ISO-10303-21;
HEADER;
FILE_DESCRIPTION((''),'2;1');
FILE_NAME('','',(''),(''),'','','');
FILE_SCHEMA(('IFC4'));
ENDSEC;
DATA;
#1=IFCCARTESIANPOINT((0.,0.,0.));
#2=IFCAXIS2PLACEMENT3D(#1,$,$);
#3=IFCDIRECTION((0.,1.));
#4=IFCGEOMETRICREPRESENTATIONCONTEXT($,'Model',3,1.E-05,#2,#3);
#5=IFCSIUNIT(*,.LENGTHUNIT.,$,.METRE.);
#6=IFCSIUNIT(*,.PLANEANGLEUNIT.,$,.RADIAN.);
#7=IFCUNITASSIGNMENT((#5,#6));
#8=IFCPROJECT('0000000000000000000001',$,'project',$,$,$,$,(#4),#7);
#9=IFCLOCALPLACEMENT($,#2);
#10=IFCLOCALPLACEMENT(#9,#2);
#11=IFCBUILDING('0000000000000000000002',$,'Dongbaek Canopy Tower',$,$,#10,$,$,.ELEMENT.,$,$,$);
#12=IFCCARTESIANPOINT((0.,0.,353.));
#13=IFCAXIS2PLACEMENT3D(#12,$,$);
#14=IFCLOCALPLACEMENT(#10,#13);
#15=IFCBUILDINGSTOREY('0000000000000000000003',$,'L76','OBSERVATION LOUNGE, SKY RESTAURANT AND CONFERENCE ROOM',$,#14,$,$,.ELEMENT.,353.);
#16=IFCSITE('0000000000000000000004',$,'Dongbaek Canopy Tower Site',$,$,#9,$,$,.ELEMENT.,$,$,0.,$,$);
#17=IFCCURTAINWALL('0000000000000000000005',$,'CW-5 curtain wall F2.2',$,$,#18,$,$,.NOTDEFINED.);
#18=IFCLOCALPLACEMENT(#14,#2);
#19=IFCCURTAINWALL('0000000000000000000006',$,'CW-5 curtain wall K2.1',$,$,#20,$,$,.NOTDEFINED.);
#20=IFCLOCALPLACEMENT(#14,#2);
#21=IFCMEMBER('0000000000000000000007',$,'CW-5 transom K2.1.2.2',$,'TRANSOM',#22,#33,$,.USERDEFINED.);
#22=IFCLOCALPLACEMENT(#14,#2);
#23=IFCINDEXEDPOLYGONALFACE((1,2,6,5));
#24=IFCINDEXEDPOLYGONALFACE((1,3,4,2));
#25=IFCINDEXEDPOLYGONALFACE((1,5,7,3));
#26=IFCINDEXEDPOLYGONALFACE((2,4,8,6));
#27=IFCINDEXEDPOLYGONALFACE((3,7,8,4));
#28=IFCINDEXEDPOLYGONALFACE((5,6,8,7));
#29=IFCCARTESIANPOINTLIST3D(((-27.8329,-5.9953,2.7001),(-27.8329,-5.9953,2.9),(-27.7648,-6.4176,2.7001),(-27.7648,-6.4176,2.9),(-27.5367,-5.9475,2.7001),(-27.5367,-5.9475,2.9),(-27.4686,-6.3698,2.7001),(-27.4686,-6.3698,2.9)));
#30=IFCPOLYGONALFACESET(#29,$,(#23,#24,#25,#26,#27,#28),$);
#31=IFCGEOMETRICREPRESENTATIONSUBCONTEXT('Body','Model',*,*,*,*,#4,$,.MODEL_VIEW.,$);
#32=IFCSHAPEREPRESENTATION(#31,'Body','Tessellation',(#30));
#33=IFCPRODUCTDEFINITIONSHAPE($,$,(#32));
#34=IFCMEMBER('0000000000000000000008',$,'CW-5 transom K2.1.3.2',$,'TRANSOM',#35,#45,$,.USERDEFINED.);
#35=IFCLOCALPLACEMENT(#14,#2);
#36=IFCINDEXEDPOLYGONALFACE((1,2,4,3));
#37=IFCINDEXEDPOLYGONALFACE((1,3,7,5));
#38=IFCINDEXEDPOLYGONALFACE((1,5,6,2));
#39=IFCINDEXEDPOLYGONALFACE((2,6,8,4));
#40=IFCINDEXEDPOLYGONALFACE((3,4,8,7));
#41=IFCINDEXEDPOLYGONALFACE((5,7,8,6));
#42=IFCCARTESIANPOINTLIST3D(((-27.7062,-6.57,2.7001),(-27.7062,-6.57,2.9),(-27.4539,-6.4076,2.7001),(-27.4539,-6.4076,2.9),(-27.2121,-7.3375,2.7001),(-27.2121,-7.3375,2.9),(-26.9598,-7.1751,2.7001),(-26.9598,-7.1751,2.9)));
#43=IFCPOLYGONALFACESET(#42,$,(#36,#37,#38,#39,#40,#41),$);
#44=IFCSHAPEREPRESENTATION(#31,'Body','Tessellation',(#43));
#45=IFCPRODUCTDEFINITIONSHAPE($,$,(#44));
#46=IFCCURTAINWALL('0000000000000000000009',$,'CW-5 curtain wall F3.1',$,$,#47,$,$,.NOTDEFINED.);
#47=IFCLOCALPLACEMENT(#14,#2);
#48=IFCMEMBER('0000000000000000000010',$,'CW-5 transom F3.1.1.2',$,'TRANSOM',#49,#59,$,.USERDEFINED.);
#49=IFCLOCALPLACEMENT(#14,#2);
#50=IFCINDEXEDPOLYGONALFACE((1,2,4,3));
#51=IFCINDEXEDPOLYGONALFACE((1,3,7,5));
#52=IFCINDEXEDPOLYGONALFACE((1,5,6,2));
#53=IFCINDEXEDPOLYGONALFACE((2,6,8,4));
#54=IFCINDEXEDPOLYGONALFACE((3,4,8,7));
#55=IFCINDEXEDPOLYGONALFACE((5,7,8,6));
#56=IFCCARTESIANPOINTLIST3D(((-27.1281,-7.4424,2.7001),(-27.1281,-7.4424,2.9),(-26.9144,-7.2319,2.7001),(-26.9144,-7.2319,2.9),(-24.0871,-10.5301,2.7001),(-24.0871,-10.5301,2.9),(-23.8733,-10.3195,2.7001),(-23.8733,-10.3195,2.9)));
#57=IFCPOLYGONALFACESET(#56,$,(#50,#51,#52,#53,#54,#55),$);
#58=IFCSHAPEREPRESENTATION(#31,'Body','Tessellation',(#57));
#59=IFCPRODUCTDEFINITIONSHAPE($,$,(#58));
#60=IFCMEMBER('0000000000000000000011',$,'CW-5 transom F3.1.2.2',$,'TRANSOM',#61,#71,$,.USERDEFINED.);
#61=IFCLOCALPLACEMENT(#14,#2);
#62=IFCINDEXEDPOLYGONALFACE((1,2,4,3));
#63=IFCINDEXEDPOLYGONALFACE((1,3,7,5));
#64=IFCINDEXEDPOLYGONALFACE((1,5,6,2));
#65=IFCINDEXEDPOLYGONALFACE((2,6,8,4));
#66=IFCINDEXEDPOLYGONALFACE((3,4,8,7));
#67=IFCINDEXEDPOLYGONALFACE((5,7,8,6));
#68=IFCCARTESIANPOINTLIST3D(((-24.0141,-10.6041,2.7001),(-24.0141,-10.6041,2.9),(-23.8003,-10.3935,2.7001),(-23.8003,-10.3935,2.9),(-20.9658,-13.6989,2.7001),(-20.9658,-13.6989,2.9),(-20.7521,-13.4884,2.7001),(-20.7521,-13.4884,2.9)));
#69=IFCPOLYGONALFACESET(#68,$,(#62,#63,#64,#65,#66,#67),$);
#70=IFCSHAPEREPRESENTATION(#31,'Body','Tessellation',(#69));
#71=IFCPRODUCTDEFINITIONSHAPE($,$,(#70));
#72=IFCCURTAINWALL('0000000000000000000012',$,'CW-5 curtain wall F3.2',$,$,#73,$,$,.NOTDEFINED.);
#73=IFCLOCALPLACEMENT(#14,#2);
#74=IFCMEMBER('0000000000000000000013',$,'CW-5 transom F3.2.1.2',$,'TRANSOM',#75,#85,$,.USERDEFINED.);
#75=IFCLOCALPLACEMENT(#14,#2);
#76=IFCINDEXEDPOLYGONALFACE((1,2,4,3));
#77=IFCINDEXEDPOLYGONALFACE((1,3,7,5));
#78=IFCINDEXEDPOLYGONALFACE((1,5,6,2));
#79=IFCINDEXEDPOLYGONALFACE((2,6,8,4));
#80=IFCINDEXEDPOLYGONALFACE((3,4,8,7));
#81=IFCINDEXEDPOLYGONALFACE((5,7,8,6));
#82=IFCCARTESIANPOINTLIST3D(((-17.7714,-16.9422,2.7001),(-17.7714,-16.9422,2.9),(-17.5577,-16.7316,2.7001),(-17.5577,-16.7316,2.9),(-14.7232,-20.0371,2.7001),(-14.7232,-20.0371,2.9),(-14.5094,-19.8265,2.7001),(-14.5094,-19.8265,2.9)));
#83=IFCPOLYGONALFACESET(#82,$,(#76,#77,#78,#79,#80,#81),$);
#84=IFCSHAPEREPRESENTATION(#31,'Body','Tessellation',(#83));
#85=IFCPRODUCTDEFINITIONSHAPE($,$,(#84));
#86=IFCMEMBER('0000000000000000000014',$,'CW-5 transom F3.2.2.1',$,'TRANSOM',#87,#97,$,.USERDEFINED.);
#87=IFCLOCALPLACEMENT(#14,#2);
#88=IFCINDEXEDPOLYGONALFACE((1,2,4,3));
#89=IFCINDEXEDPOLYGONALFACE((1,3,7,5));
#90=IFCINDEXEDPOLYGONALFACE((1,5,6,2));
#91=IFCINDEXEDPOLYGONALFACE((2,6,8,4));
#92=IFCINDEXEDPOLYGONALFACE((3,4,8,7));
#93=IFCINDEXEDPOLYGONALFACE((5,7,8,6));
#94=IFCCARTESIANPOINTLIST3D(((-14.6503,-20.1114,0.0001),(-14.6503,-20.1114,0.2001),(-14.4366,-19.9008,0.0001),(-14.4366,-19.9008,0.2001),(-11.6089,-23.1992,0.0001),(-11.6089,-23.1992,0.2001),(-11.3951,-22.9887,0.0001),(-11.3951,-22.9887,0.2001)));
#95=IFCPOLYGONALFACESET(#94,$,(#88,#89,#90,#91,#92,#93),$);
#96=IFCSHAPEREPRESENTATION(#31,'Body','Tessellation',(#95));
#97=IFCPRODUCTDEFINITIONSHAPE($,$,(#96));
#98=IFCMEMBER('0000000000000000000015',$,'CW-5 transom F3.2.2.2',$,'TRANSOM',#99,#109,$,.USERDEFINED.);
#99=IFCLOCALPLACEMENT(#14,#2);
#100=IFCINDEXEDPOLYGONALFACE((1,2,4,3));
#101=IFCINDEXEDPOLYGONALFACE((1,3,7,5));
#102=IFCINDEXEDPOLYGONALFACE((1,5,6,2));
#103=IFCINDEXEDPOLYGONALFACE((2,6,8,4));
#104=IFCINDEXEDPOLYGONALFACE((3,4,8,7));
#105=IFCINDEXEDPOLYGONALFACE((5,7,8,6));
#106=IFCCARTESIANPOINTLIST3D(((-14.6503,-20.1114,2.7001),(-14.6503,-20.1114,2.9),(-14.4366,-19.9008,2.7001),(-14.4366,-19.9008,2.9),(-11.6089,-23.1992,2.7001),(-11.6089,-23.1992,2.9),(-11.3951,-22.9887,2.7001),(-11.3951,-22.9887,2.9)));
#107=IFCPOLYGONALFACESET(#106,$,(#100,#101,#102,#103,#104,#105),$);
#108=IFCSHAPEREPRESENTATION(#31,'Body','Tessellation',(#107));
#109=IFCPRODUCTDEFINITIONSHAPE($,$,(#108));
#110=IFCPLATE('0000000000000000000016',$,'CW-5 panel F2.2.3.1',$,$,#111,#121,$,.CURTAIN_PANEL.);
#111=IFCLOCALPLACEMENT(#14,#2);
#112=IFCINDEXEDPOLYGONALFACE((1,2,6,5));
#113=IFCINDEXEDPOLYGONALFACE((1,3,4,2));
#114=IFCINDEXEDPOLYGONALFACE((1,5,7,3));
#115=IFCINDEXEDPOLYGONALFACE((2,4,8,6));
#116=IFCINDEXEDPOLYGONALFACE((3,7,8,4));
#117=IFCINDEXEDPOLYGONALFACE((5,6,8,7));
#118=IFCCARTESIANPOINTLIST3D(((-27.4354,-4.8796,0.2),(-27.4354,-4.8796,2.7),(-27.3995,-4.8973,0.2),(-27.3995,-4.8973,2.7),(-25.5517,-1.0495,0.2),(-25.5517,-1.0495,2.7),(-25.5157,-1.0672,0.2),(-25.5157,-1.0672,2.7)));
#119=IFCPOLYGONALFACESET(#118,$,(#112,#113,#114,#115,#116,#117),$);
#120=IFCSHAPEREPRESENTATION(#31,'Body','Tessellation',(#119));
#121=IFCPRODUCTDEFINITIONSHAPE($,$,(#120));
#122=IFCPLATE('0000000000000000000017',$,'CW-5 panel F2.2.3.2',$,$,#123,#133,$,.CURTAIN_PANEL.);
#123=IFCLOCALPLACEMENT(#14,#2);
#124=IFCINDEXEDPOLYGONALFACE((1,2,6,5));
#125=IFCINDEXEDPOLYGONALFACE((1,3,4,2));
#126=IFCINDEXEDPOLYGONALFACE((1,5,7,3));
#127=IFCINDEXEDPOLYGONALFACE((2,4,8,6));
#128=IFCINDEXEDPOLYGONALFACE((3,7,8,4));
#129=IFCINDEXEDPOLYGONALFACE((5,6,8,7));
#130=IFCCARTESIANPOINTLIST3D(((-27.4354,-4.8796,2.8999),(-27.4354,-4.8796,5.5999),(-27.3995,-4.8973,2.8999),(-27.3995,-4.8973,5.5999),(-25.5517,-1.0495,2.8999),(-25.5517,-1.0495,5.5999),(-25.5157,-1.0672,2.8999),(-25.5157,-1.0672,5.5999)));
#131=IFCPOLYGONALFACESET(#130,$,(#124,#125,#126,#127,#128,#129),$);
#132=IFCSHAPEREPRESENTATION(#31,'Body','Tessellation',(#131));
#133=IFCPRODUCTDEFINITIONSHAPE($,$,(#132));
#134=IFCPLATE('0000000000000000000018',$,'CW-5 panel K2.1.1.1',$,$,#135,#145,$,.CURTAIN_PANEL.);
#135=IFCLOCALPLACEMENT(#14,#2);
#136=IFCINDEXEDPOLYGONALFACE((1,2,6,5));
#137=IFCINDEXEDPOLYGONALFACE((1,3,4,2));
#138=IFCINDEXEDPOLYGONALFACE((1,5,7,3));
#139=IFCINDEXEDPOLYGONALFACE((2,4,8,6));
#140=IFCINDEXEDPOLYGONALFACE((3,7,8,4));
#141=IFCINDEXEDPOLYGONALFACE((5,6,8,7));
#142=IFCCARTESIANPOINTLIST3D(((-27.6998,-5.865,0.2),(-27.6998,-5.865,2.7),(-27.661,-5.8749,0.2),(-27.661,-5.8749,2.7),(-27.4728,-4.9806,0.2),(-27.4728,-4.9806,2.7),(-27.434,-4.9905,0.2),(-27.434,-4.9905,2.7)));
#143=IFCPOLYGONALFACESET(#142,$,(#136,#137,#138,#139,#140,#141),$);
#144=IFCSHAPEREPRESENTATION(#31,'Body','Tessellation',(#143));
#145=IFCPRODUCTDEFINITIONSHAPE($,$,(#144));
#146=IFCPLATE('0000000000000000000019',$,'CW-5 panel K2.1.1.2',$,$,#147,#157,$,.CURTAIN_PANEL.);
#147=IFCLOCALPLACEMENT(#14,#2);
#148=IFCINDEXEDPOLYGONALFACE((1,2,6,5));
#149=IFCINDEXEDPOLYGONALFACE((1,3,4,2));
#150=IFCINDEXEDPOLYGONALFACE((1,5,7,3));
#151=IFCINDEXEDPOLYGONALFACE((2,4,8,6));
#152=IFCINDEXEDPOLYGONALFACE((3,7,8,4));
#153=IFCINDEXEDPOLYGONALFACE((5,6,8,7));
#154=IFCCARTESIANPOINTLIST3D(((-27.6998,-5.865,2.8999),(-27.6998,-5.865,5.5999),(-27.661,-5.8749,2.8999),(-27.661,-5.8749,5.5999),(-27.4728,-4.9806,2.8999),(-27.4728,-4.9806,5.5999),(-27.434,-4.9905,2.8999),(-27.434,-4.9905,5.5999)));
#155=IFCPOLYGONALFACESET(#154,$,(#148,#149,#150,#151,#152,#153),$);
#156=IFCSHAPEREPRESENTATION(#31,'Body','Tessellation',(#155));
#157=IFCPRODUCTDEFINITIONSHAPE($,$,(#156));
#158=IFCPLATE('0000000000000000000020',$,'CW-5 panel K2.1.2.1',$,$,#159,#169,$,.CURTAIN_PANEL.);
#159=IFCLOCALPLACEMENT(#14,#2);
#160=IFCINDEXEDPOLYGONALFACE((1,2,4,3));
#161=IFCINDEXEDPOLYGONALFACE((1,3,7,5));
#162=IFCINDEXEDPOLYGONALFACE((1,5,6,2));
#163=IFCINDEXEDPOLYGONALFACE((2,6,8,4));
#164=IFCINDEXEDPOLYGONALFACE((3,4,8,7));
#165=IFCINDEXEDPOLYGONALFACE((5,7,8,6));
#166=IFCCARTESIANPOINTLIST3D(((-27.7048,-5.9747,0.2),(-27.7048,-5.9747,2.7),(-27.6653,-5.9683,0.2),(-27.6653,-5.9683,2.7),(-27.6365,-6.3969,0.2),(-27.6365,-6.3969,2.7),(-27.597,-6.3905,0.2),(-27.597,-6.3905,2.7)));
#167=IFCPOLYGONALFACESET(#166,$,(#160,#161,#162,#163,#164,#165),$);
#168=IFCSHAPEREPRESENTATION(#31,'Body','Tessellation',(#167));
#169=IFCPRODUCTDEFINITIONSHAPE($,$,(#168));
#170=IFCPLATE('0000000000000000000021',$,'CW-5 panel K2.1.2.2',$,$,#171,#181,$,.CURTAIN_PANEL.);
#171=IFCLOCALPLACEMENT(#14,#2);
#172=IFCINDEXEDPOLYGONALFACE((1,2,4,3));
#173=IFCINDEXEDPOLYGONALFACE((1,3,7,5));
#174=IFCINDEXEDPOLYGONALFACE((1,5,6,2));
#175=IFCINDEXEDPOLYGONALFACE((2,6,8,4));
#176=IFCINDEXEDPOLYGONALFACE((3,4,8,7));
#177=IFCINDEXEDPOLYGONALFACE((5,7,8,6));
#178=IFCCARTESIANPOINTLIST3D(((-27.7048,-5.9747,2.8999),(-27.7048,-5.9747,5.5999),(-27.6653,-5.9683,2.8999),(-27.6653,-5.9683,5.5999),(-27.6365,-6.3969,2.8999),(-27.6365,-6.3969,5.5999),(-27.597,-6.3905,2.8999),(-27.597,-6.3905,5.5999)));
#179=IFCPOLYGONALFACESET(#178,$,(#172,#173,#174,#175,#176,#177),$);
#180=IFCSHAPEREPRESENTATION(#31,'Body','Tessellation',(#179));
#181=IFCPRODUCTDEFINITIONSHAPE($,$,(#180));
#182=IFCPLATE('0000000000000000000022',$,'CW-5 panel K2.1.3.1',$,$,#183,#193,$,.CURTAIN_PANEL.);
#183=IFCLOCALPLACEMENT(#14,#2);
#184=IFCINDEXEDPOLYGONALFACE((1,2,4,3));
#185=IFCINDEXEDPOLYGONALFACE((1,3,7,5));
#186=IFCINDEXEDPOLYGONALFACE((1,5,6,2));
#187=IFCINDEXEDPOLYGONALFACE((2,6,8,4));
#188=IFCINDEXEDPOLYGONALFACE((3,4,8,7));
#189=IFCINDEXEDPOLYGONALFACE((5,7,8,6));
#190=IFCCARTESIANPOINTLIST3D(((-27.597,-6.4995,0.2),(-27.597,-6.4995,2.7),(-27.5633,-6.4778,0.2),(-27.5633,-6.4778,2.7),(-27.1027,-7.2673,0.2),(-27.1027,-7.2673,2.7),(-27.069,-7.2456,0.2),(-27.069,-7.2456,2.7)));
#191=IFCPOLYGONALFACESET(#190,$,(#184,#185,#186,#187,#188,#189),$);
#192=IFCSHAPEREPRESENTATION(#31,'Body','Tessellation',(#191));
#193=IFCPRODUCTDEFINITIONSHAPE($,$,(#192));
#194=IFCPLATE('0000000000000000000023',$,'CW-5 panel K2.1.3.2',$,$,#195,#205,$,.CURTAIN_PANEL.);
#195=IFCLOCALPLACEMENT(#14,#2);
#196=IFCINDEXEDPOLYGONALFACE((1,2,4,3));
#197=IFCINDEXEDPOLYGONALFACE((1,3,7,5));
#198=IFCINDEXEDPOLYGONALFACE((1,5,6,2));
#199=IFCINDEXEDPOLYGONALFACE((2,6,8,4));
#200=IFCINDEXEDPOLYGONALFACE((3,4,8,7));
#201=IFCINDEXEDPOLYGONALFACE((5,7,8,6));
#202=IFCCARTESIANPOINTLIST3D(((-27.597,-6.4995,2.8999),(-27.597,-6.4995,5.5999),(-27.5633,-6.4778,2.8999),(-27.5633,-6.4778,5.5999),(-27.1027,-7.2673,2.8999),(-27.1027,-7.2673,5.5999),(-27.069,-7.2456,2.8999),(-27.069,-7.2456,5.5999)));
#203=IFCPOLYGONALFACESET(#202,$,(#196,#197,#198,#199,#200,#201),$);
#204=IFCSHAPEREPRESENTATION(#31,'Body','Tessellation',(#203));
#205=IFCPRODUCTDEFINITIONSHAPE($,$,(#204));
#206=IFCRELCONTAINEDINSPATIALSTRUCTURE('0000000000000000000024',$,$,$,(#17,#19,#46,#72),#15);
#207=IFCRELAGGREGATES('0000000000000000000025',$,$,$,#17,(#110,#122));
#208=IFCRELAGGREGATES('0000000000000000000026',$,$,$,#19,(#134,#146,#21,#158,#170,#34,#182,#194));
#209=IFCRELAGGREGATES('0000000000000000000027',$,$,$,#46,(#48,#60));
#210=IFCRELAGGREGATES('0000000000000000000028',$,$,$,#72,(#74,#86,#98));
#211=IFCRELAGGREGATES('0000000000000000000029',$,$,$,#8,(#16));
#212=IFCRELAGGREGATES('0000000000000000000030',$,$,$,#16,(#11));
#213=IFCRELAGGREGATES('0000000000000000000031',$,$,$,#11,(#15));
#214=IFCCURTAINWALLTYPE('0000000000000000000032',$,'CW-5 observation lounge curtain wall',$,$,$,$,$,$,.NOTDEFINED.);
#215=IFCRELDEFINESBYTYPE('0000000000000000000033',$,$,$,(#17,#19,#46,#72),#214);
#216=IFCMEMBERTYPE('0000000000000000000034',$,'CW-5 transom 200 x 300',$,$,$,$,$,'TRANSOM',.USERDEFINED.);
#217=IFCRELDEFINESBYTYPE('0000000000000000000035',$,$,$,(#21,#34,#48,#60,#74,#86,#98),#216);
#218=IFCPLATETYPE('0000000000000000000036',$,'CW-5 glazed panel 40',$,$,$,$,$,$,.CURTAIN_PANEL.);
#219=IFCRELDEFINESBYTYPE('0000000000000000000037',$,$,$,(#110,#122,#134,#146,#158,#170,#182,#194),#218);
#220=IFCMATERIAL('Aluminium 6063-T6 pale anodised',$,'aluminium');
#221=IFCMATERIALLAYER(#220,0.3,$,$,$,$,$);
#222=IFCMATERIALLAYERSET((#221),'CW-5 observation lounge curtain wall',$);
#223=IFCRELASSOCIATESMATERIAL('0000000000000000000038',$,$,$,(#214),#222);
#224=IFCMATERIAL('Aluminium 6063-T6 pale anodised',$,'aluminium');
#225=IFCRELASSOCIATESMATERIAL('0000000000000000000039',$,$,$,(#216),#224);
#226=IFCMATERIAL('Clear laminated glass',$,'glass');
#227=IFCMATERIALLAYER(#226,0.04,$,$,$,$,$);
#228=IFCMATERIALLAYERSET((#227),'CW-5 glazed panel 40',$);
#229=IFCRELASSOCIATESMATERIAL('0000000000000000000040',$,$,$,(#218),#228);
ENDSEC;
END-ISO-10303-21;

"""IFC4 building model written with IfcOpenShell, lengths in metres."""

from ifc_helpers import new_model, si_unit, direction, frame, origin, origin_2d, place, context, subcontext, project, spatial, rectangle, extrude, material, layer, layer_set, material_profile, profile_set, type_object, element, aggregate, save


model = new_model("IFC4")

# Units and contexts
model_context = context("Model", 3, precision=1e-05, world=origin(), true_north=direction((0.0, 1.0)))
body_context = subcontext(model_context, "Body", "Model", "MODEL_VIEW")
ifc_project = project(units=[si_unit("LENGTHUNIT", "METRE"), si_unit("PLANEANGLEUNIT", "RADIAN")], contexts=[model_context])

# Site, building, storey
site_placement = place(None, origin())
site = spatial("IfcSite", under=ifc_project, at=site_placement, Name="Dongbaek Canopy Tower Site", CompositionType="ELEMENT", RefElevation=0.0)
building_placement = place(site_placement, origin())
building = spatial("IfcBuilding", under=site, at=building_placement, Name="Dongbaek Canopy Tower", CompositionType="ELEMENT")
storey_placement = place(building_placement, frame((0.0, 0.0, 353.0)))
storey = spatial("IfcBuildingStorey", under=building, at=storey_placement, Name="L76", Description="OBSERVATION LOUNGE, SKY RESTAURANT AND CONFERENCE ROOM", CompositionType="ELEMENT", Elevation=353.0)

# Curtain wall
ifc_material_1 = material(Name="Aluminium 6063-T6 pale anodised", Category="aluminium")
ifc_layer_1 = layer(ifc_material_1, 0.3)
ifc_layer_set_1 = layer_set([ifc_layer_1], Name="CW-5 observation lounge curtain wall")
curtain_wall_type = type_object("IfcCurtainWallType", Name="CW-5 observation lounge curtain wall", PredefinedType="NOTDEFINED", material=ifc_layer_set_1)
curtain_wall_1_placement = place(storey_placement, origin())
curtain_wall_1 = element("IfcCurtainWall", 1, at=curtain_wall_1_placement, inside=storey, type_object=curtain_wall_type, Name="CW-5 curtain wall F2.2", PredefinedType="NOTDEFINED")
ifc_material_2 = material(Name="Aluminium 6063-T6 pale anodised", Category="aluminium")
ifc_material_profile_1 = material_profile(ifc_material_2, rectangle(XDim=0.3, YDim=0.2, at=origin_2d()), Name="CW-5 transom 200 x 300")
ifc_profile_set_1 = profile_set([ifc_material_profile_1], Name="Aluminium 6063-T6 pale anodised")
member_type_1 = type_object("IfcMemberType", Name="CW-5 transom 200 x 300", ElementType="TRANSOM", PredefinedType="USERDEFINED", material=ifc_profile_set_1)

# Curtain walls, members
curtain_wall_2_placement = place(storey_placement, origin())
curtain_wall_2 = element("IfcCurtainWall", 2, at=curtain_wall_2_placement, inside=storey, type_object=curtain_wall_type, Name="CW-5 curtain wall K2.1", PredefinedType="NOTDEFINED")
member_1_placement = place(storey_placement, frame((-27.6848, -5.9714, 2.8), z_axis=(0.159214, -0.987244, 0.0), x_axis=(0.987244, 0.159214, 0.0)))
member_1 = element("IfcMember", 3, at=member_1_placement, type_object=member_type_1, Name="CW-5 transom K2.1.2.2", ObjectType="TRANSOM", PredefinedType="USERDEFINED", context=body_context, shape_type="SweptSolid", body=[
    extrude(rectangle(XDim=0.3, YDim=0.2, at=origin_2d()), origin(), (0.0, 0.0, 1.0), 0.4277),
])
member_2_placement = place(storey_placement, frame((-27.5801, -6.4888, 2.8), z_axis=(0.541298, -0.840831, 0.0), x_axis=(0.840831, 0.541298, 0.0)))
member_2 = element("IfcMember", 4, at=member_2_placement, type_object=member_type_1, Name="CW-5 transom K2.1.3.2", ObjectType="TRANSOM", PredefinedType="USERDEFINED", context=body_context, shape_type="SweptSolid", body=[
    extrude(rectangle(XDim=0.3, YDim=0.2, at=origin_2d()), origin(), (0.0, 0.0, 1.0), 0.9128),
])
curtain_wall_3_placement = place(storey_placement, origin())
curtain_wall_3 = element("IfcCurtainWall", 5, at=curtain_wall_3_placement, inside=storey, type_object=curtain_wall_type, Name="CW-5 curtain wall F3.1", PredefinedType="NOTDEFINED")
member_3_placement = place(storey_placement, frame((-27.0212, -7.3372, 2.8), z_axis=(0.701706, -0.712466, 0.0), x_axis=(0.712466, 0.701706, 0.0)))
member_3 = element("IfcMember", 6, at=member_3_placement, type_object=member_type_1, Name="CW-5 transom F3.1.1.2", ObjectType="TRANSOM", PredefinedType="USERDEFINED", context=body_context, shape_type="SweptSolid", body=[
    extrude(rectangle(XDim=0.3, YDim=0.2, at=origin_2d()), origin(), (0.0, 0.0, 1.0), 4.3337),
])
member_4_placement = place(storey_placement, frame((-23.9072, -10.4988, 2.8), z_axis=(0.701719, -0.712454, 0.0), x_axis=(0.712454, 0.701719, 0.0)))
member_4 = element("IfcMember", 7, at=member_4_placement, type_object=member_type_1, Name="CW-5 transom F3.1.2.2", ObjectType="TRANSOM", PredefinedType="USERDEFINED", context=body_context, shape_type="SweptSolid", body=[
    extrude(rectangle(XDim=0.3, YDim=0.2, at=origin_2d()), origin(), (0.0, 0.0, 1.0), 4.344),
])
curtain_wall_4_placement = place(storey_placement, origin())
curtain_wall_4 = element("IfcCurtainWall", 8, at=curtain_wall_4_placement, inside=storey, type_object=curtain_wall_type, Name="CW-5 curtain wall F3.2", PredefinedType="NOTDEFINED")
member_5_placement = place(storey_placement, frame((-17.6646, -16.8369, 2.8), z_axis=(0.701719, -0.712454, 0.0), x_axis=(0.712454, 0.701719, 0.0)))
member_5 = element("IfcMember", 9, at=member_5_placement, type_object=member_type_1, Name="CW-5 transom F3.2.1.2", ObjectType="TRANSOM", PredefinedType="USERDEFINED", context=body_context, shape_type="SweptSolid", body=[
    extrude(rectangle(XDim=0.3, YDim=0.2, at=origin_2d()), origin(), (0.0, 0.0, 1.0), 4.344),
])
member_6_placement = place(storey_placement, frame((-14.5435, -20.0061, 0.1001), z_axis=(0.701735, -0.712438, 0.0), x_axis=(0.712438, 0.701735, 0.0)))
member_6 = element("IfcMember", 10, at=member_6_placement, type_object=member_type_1, Name="CW-5 transom F3.2.2.1", ObjectType="TRANSOM", PredefinedType="USERDEFINED", context=body_context, shape_type="SweptSolid", body=[
    extrude(rectangle(XDim=0.3, YDim=0.2, at=origin_2d()), origin(), (0.0, 0.0, 1.0), 4.3342),
])
member_7_placement = place(storey_placement, frame((-14.5435, -20.0061, 2.8), z_axis=(0.701735, -0.712438, 0.0), x_axis=(0.712438, 0.701735, 0.0)))
member_7 = element("IfcMember", 11, at=member_7_placement, type_object=member_type_1, Name="CW-5 transom F3.2.2.2", ObjectType="TRANSOM", PredefinedType="USERDEFINED", context=body_context, shape_type="SweptSolid", body=[
    extrude(rectangle(XDim=0.3, YDim=0.2, at=origin_2d()), origin(), (0.0, 0.0, 1.0), 4.3342),
])

# Plates
ifc_material_3 = material(Name="Clear laminated glass", Category="glass")
ifc_layer_2 = layer(ifc_material_3, 0.04)
ifc_layer_set_2 = layer_set([ifc_layer_2], Name="CW-5 glazed panel 40")
plate_type = type_object("IfcPlateType", Name="CW-5 glazed panel 40", PredefinedType="CURTAIN_PANEL", material=ifc_layer_set_2)
plate_1_placement = place(storey_placement, frame((-26.4756, -2.9734, 0.2), z_axis=(0.0, 0.0, 1.0), x_axis=(-0.441342, -0.897339, 0.0)))
plate_1 = element("IfcPlate", 12, at=plate_1_placement, type_object=plate_type, Name="CW-5 panel F2.2.3.1", PredefinedType="CURTAIN_PANEL", context=body_context, shape_type="SweptSolid", body=[
    extrude(rectangle(XDim=4.2683, YDim=0.04, at=origin_2d()), origin(), (0.0, 0.0, 1.0), 2.5),
])
plate_2_placement = place(storey_placement, frame((-26.4756, -2.9734, 2.8999), z_axis=(0.0, 0.0, 1.0), x_axis=(-0.441342, -0.897339, 0.0)))
plate_2 = element("IfcPlate", 13, at=plate_2_placement, type_object=plate_type, Name="CW-5 panel F2.2.3.2", PredefinedType="CURTAIN_PANEL", context=body_context, shape_type="SweptSolid", body=[
    extrude(rectangle(XDim=4.2683, YDim=0.04, at=origin_2d()), origin(), (0.0, 0.0, 1.0), 2.7),
])
aggregate(curtain_wall_1, [plate_1, plate_2])
plate_3_placement = place(storey_placement, frame((-27.5669, -5.4277, 0.2), z_axis=(0.0, 0.0, 1.0), x_axis=(-0.248641, -0.968596, 0.0)))
plate_3 = element("IfcPlate", 14, at=plate_3_placement, type_object=plate_type, Name="CW-5 panel K2.1.1.1", PredefinedType="CURTAIN_PANEL", context=body_context, shape_type="SweptSolid", body=[
    extrude(rectangle(XDim=0.9131, YDim=0.04, at=origin_2d()), origin(), (0.0, 0.0, 1.0), 2.5),
])
plate_4_placement = place(storey_placement, frame((-27.5669, -5.4277, 2.8999), z_axis=(0.0, 0.0, 1.0), x_axis=(-0.248641, -0.968596, 0.0)))
plate_4 = element("IfcPlate", 15, at=plate_4_placement, type_object=plate_type, Name="CW-5 panel K2.1.1.2", PredefinedType="CURTAIN_PANEL", context=body_context, shape_type="SweptSolid", body=[
    extrude(rectangle(XDim=0.9131, YDim=0.04, at=origin_2d()), origin(), (0.0, 0.0, 1.0), 2.7),
])
plate_5_placement = place(storey_placement, frame((-27.6509, -6.1826, 0.2), z_axis=(0.0, 0.0, 1.0), x_axis=(0.159669, -0.987171, 0.0)))
plate_5 = element("IfcPlate", 16, at=plate_5_placement, type_object=plate_type, Name="CW-5 panel K2.1.2.1", PredefinedType="CURTAIN_PANEL", context=body_context, shape_type="SweptSolid", body=[
    extrude(rectangle(XDim=0.4277, YDim=0.04, at=origin_2d()), origin(), (0.0, 0.0, 1.0), 2.5),
])
plate_6_placement = place(storey_placement, frame((-27.6509, -6.1826, 2.8999), z_axis=(0.0, 0.0, 1.0), x_axis=(0.159669, -0.987171, 0.0)))
plate_6 = element("IfcPlate", 17, at=plate_6_placement, type_object=plate_type, Name="CW-5 panel K2.1.2.2", PredefinedType="CURTAIN_PANEL", context=body_context, shape_type="SweptSolid", body=[
    extrude(rectangle(XDim=0.4277, YDim=0.04, at=origin_2d()), origin(), (0.0, 0.0, 1.0), 2.7),
])
plate_7_placement = place(storey_placement, frame((-27.333, -6.8726, 0.2), z_axis=(0.0, 0.0, 1.0), x_axis=(0.541306, -0.840826, 0.0)))
plate_7 = element("IfcPlate", 18, at=plate_7_placement, type_object=plate_type, Name="CW-5 panel K2.1.3.1", PredefinedType="CURTAIN_PANEL", context=body_context, shape_type="SweptSolid", body=[
    extrude(rectangle(XDim=0.9131, YDim=0.04, at=origin_2d()), origin(), (0.0, 0.0, 1.0), 2.5),
])
plate_8_placement = place(storey_placement, frame((-27.333, -6.8726, 2.8999), z_axis=(0.0, 0.0, 1.0), x_axis=(0.541306, -0.840826, 0.0)))
plate_8 = element("IfcPlate", 19, at=plate_8_placement, type_object=plate_type, Name="CW-5 panel K2.1.3.2", PredefinedType="CURTAIN_PANEL", context=body_context, shape_type="SweptSolid", body=[
    extrude(rectangle(XDim=0.9131, YDim=0.04, at=origin_2d()), origin(), (0.0, 0.0, 1.0), 2.7),
])
aggregate(curtain_wall_2, [plate_3, plate_4, member_1, plate_5, plate_6, member_2, plate_7, plate_8])
aggregate(curtain_wall_3, [member_3, member_4])
aggregate(curtain_wall_4, [member_5, member_6, member_7])

save(model, "model.ifc")
